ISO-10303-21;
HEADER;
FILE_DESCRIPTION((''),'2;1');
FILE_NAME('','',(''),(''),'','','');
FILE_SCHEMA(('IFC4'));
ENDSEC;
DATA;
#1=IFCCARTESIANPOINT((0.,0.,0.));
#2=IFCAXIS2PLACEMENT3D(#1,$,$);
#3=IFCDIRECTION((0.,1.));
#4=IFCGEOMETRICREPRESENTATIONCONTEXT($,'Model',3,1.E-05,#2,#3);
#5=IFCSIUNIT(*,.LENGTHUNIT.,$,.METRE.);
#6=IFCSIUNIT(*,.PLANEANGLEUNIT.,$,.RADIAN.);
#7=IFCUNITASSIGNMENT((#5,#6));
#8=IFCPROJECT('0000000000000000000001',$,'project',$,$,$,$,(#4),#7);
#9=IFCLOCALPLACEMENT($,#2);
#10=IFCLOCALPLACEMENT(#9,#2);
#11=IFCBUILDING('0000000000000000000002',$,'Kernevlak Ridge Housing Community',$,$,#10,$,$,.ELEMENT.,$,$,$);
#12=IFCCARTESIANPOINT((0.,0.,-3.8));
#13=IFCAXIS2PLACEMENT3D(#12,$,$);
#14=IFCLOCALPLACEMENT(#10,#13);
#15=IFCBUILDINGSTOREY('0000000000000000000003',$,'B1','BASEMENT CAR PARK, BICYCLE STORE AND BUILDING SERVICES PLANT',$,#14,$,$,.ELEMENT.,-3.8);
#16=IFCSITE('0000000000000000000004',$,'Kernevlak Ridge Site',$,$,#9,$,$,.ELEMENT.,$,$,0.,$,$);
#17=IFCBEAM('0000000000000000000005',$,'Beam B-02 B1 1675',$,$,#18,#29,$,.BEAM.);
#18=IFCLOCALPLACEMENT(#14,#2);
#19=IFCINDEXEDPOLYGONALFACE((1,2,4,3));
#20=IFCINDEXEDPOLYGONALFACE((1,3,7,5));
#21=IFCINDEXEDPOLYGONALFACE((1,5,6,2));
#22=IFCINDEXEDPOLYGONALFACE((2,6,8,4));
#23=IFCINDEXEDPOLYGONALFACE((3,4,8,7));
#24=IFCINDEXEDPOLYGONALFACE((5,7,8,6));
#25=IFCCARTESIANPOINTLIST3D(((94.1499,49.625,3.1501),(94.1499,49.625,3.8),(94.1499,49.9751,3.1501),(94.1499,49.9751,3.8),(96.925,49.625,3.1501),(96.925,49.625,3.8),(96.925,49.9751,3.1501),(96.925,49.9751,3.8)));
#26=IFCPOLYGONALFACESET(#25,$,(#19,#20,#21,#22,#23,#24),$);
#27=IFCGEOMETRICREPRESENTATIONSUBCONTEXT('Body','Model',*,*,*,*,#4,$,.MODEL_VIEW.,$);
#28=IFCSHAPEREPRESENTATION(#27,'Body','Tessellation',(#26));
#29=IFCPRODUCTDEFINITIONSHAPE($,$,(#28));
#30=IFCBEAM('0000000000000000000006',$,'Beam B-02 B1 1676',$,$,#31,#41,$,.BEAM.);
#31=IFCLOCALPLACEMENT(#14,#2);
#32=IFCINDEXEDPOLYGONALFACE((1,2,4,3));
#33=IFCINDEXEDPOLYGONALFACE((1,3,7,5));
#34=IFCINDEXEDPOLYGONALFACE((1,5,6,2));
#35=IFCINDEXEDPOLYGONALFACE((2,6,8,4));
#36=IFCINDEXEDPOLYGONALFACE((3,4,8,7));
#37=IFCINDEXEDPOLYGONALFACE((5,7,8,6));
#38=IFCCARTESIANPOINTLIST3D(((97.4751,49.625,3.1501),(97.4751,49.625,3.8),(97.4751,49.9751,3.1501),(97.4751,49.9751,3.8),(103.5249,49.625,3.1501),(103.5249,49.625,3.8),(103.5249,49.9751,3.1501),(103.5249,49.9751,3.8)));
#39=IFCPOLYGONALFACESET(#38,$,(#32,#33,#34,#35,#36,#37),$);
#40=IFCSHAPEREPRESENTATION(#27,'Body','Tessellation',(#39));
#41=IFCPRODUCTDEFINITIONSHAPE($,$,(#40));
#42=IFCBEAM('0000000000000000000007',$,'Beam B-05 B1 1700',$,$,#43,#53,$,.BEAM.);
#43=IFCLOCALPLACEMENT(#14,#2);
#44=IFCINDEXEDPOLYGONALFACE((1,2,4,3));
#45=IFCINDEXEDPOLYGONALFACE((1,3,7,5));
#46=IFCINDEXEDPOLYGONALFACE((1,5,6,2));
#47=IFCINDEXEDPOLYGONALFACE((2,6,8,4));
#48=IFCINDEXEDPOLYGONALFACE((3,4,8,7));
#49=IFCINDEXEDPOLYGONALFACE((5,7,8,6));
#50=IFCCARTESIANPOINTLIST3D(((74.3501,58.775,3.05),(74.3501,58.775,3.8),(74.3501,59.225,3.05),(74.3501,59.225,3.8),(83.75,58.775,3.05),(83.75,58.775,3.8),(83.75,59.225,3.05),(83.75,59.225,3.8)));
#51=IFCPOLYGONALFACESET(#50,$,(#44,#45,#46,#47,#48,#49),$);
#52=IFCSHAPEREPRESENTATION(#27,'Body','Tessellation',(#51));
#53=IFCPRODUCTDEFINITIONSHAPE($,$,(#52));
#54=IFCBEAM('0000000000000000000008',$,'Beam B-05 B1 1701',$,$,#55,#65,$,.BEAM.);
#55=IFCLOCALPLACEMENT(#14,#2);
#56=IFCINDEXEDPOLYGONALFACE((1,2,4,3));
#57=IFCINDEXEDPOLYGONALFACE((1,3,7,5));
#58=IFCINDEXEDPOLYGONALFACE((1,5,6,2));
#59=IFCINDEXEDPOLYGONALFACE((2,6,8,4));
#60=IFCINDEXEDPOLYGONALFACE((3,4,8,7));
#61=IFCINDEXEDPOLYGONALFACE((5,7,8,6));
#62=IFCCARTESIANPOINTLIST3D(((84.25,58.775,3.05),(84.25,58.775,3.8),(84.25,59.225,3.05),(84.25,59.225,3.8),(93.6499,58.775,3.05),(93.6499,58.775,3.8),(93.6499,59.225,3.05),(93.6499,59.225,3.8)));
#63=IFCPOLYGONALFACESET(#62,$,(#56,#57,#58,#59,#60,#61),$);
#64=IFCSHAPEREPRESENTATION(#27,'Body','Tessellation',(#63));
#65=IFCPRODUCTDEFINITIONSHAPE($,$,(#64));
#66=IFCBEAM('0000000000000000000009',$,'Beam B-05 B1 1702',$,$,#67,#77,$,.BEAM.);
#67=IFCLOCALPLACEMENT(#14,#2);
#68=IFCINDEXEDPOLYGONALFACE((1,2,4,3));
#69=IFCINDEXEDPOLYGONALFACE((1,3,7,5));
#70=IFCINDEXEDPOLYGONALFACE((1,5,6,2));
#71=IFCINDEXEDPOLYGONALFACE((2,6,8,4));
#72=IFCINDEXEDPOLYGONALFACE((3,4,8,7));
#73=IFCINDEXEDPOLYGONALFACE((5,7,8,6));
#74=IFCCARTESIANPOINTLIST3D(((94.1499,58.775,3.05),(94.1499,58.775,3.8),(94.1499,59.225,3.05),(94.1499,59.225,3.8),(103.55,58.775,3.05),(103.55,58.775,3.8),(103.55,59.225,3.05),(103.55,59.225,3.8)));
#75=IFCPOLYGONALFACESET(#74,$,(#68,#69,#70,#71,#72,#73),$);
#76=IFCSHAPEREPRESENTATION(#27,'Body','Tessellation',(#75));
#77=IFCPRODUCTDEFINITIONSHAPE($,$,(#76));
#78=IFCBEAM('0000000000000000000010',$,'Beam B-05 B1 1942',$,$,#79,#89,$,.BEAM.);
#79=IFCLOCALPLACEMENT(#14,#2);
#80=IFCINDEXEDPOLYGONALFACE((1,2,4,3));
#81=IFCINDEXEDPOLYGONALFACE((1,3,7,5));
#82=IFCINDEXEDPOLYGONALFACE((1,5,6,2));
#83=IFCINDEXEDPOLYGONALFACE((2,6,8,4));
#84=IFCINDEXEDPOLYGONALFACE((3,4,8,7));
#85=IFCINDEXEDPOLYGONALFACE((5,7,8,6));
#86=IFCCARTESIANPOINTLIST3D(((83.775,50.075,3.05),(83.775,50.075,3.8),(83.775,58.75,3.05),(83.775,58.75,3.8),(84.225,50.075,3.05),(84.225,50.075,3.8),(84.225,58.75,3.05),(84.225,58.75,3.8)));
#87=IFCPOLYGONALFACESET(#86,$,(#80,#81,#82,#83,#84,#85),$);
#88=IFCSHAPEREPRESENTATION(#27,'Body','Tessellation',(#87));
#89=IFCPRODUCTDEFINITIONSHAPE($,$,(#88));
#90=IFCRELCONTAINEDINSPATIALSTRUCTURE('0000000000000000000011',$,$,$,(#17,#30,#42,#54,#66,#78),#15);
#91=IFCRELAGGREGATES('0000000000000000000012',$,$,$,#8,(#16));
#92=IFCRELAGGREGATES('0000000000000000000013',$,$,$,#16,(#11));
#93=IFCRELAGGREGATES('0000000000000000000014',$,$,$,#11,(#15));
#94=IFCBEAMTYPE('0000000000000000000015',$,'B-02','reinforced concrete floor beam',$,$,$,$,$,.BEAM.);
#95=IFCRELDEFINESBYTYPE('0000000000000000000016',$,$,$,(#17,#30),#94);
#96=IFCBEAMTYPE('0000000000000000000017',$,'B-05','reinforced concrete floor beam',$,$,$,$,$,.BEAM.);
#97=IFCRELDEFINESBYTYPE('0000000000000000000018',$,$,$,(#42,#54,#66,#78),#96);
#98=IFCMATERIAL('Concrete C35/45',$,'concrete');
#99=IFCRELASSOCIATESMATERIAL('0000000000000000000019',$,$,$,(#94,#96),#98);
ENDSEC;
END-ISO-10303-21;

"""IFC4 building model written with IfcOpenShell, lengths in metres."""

from ifc_helpers import new_model, si_unit, direction, frame, origin, origin_2d, place, context, subcontext, project, spatial, rectangle, extrude, material, material_profile, profile_set, type_object, element, save


model = new_model("IFC4")

# Units and contexts
model_context = context("Model", 3, precision=1e-05, world=origin(), true_north=direction((0.0, 1.0)))
body_context = subcontext(model_context, "Body", "Model", "MODEL_VIEW")
ifc_project = project(units=[si_unit("LENGTHUNIT", "METRE"), si_unit("PLANEANGLEUNIT", "RADIAN")], contexts=[model_context])

# Site, building, storey
site_placement = place(None, origin())
site = spatial("IfcSite", under=ifc_project, at=site_placement, Name="Kernevlak Ridge Site", CompositionType="ELEMENT", RefElevation=0.0)
building_placement = place(site_placement, origin())
building = spatial("IfcBuilding", under=site, at=building_placement, Name="Kernevlak Ridge Housing Community", CompositionType="ELEMENT")
storey_placement = place(building_placement, frame((0.0, 0.0, -3.8)))
storey = spatial("IfcBuildingStorey", under=building, at=storey_placement, Name="B1", Description="BASEMENT CAR PARK, BICYCLE STORE AND BUILDING SERVICES PLANT", CompositionType="ELEMENT", Elevation=-3.8)

# Shared definitions
ifc_material_1 = material(Name="Concrete C35/45", Category="concrete")

# Beams
ifc_material_profile_1 = material_profile(ifc_material_1, rectangle(XDim=0.3501, YDim=0.6499, at=origin_2d()), Name="RC 350x650")
ifc_profile_set_1 = profile_set([ifc_material_profile_1], Name="Concrete C35/45")
beam_type_1 = type_object("IfcBeamType", Name="B-02", Description="reinforced concrete floor beam", PredefinedType="BEAM", material=ifc_profile_set_1)
beam_1_placement = place(storey_placement, frame((94.1499, 49.8, 3.4751), z_axis=(1.0, 0.0, 0.0), x_axis=(0.0, 1.0, 0.0)))
element("IfcBeam", 1, at=beam_1_placement, inside=storey, type_object=beam_type_1, Name="Beam B-02 B1 1675", PredefinedType="BEAM", context=body_context, shape_type="SweptSolid", body=[
    extrude(rectangle(XDim=0.3501, YDim=0.6499, at=origin_2d()), origin(), (0.0, 0.0, 1.0), 2.7751),
])
beam_2_placement = place(storey_placement, frame((97.4751, 49.8, 3.4751), z_axis=(1.0, 0.0, 0.0), x_axis=(0.0, 1.0, 0.0)))
element("IfcBeam", 2, at=beam_2_placement, inside=storey, type_object=beam_type_1, Name="Beam B-02 B1 1676", PredefinedType="BEAM", context=body_context, shape_type="SweptSolid", body=[
    extrude(rectangle(XDim=0.3501, YDim=0.6499, at=origin_2d()), origin(), (0.0, 0.0, 1.0), 6.0498),
])
ifc_material_profile_2 = material_profile(ifc_material_1, rectangle(XDim=0.45, YDim=0.75, at=origin_2d()), Name="RC 450x750")
ifc_profile_set_2 = profile_set([ifc_material_profile_2], Name="Concrete C35/45")
beam_type_2 = type_object("IfcBeamType", Name="B-05", Description="reinforced concrete floor beam", PredefinedType="BEAM", material=ifc_profile_set_2)
for number, where, z_axis, x_axis, name in (
    (3, (74.3501, 59.0, 3.425), (1.0, 0.0, 0.0), (0.0, 1.0, 0.0), "Beam B-05 B1 1700"),
    (4, (84.25, 59.0, 3.425), (1.0, 0.0, 0.0), (0.0, 1.0, 0.0), "Beam B-05 B1 1701"),
):
    element("IfcBeam", number, at=place(storey_placement, frame(where, z_axis=z_axis, x_axis=x_axis)), inside=storey, type_object=beam_type_2, Name=name, PredefinedType="BEAM", context=body_context, shape_type="SweptSolid", body=[
        extrude(rectangle(XDim=0.45, YDim=0.75, at=origin_2d()), origin(), (0.0, 0.0, 1.0), 9.3999),
    ])
beam_3_placement = place(storey_placement, frame((94.1499, 59.0, 3.425), z_axis=(1.0, 0.0, 0.0), x_axis=(0.0, 1.0, 0.0)))
element("IfcBeam", 5, at=beam_3_placement, inside=storey, type_object=beam_type_2, Name="Beam B-05 B1 1702", PredefinedType="BEAM", context=body_context, shape_type="SweptSolid", body=[
    extrude(rectangle(XDim=0.45, YDim=0.75, at=origin_2d()), origin(), (0.0, 0.0, 1.0), 9.4001),
])
beam_4_placement = place(storey_placement, frame((84.0, 50.075, 3.425), z_axis=(0.0, 1.0, 0.0), x_axis=(-1.0, 0.0, 0.0)))
element("IfcBeam", 6, at=beam_4_placement, inside=storey, type_object=beam_type_2, Name="Beam B-05 B1 1942", PredefinedType="BEAM", context=body_context, shape_type="SweptSolid", body=[
    extrude(rectangle(XDim=0.45, YDim=0.75, at=origin_2d()), origin(), (0.0, 0.0, 1.0), 8.675),
])

save(model, "model.ifc")
